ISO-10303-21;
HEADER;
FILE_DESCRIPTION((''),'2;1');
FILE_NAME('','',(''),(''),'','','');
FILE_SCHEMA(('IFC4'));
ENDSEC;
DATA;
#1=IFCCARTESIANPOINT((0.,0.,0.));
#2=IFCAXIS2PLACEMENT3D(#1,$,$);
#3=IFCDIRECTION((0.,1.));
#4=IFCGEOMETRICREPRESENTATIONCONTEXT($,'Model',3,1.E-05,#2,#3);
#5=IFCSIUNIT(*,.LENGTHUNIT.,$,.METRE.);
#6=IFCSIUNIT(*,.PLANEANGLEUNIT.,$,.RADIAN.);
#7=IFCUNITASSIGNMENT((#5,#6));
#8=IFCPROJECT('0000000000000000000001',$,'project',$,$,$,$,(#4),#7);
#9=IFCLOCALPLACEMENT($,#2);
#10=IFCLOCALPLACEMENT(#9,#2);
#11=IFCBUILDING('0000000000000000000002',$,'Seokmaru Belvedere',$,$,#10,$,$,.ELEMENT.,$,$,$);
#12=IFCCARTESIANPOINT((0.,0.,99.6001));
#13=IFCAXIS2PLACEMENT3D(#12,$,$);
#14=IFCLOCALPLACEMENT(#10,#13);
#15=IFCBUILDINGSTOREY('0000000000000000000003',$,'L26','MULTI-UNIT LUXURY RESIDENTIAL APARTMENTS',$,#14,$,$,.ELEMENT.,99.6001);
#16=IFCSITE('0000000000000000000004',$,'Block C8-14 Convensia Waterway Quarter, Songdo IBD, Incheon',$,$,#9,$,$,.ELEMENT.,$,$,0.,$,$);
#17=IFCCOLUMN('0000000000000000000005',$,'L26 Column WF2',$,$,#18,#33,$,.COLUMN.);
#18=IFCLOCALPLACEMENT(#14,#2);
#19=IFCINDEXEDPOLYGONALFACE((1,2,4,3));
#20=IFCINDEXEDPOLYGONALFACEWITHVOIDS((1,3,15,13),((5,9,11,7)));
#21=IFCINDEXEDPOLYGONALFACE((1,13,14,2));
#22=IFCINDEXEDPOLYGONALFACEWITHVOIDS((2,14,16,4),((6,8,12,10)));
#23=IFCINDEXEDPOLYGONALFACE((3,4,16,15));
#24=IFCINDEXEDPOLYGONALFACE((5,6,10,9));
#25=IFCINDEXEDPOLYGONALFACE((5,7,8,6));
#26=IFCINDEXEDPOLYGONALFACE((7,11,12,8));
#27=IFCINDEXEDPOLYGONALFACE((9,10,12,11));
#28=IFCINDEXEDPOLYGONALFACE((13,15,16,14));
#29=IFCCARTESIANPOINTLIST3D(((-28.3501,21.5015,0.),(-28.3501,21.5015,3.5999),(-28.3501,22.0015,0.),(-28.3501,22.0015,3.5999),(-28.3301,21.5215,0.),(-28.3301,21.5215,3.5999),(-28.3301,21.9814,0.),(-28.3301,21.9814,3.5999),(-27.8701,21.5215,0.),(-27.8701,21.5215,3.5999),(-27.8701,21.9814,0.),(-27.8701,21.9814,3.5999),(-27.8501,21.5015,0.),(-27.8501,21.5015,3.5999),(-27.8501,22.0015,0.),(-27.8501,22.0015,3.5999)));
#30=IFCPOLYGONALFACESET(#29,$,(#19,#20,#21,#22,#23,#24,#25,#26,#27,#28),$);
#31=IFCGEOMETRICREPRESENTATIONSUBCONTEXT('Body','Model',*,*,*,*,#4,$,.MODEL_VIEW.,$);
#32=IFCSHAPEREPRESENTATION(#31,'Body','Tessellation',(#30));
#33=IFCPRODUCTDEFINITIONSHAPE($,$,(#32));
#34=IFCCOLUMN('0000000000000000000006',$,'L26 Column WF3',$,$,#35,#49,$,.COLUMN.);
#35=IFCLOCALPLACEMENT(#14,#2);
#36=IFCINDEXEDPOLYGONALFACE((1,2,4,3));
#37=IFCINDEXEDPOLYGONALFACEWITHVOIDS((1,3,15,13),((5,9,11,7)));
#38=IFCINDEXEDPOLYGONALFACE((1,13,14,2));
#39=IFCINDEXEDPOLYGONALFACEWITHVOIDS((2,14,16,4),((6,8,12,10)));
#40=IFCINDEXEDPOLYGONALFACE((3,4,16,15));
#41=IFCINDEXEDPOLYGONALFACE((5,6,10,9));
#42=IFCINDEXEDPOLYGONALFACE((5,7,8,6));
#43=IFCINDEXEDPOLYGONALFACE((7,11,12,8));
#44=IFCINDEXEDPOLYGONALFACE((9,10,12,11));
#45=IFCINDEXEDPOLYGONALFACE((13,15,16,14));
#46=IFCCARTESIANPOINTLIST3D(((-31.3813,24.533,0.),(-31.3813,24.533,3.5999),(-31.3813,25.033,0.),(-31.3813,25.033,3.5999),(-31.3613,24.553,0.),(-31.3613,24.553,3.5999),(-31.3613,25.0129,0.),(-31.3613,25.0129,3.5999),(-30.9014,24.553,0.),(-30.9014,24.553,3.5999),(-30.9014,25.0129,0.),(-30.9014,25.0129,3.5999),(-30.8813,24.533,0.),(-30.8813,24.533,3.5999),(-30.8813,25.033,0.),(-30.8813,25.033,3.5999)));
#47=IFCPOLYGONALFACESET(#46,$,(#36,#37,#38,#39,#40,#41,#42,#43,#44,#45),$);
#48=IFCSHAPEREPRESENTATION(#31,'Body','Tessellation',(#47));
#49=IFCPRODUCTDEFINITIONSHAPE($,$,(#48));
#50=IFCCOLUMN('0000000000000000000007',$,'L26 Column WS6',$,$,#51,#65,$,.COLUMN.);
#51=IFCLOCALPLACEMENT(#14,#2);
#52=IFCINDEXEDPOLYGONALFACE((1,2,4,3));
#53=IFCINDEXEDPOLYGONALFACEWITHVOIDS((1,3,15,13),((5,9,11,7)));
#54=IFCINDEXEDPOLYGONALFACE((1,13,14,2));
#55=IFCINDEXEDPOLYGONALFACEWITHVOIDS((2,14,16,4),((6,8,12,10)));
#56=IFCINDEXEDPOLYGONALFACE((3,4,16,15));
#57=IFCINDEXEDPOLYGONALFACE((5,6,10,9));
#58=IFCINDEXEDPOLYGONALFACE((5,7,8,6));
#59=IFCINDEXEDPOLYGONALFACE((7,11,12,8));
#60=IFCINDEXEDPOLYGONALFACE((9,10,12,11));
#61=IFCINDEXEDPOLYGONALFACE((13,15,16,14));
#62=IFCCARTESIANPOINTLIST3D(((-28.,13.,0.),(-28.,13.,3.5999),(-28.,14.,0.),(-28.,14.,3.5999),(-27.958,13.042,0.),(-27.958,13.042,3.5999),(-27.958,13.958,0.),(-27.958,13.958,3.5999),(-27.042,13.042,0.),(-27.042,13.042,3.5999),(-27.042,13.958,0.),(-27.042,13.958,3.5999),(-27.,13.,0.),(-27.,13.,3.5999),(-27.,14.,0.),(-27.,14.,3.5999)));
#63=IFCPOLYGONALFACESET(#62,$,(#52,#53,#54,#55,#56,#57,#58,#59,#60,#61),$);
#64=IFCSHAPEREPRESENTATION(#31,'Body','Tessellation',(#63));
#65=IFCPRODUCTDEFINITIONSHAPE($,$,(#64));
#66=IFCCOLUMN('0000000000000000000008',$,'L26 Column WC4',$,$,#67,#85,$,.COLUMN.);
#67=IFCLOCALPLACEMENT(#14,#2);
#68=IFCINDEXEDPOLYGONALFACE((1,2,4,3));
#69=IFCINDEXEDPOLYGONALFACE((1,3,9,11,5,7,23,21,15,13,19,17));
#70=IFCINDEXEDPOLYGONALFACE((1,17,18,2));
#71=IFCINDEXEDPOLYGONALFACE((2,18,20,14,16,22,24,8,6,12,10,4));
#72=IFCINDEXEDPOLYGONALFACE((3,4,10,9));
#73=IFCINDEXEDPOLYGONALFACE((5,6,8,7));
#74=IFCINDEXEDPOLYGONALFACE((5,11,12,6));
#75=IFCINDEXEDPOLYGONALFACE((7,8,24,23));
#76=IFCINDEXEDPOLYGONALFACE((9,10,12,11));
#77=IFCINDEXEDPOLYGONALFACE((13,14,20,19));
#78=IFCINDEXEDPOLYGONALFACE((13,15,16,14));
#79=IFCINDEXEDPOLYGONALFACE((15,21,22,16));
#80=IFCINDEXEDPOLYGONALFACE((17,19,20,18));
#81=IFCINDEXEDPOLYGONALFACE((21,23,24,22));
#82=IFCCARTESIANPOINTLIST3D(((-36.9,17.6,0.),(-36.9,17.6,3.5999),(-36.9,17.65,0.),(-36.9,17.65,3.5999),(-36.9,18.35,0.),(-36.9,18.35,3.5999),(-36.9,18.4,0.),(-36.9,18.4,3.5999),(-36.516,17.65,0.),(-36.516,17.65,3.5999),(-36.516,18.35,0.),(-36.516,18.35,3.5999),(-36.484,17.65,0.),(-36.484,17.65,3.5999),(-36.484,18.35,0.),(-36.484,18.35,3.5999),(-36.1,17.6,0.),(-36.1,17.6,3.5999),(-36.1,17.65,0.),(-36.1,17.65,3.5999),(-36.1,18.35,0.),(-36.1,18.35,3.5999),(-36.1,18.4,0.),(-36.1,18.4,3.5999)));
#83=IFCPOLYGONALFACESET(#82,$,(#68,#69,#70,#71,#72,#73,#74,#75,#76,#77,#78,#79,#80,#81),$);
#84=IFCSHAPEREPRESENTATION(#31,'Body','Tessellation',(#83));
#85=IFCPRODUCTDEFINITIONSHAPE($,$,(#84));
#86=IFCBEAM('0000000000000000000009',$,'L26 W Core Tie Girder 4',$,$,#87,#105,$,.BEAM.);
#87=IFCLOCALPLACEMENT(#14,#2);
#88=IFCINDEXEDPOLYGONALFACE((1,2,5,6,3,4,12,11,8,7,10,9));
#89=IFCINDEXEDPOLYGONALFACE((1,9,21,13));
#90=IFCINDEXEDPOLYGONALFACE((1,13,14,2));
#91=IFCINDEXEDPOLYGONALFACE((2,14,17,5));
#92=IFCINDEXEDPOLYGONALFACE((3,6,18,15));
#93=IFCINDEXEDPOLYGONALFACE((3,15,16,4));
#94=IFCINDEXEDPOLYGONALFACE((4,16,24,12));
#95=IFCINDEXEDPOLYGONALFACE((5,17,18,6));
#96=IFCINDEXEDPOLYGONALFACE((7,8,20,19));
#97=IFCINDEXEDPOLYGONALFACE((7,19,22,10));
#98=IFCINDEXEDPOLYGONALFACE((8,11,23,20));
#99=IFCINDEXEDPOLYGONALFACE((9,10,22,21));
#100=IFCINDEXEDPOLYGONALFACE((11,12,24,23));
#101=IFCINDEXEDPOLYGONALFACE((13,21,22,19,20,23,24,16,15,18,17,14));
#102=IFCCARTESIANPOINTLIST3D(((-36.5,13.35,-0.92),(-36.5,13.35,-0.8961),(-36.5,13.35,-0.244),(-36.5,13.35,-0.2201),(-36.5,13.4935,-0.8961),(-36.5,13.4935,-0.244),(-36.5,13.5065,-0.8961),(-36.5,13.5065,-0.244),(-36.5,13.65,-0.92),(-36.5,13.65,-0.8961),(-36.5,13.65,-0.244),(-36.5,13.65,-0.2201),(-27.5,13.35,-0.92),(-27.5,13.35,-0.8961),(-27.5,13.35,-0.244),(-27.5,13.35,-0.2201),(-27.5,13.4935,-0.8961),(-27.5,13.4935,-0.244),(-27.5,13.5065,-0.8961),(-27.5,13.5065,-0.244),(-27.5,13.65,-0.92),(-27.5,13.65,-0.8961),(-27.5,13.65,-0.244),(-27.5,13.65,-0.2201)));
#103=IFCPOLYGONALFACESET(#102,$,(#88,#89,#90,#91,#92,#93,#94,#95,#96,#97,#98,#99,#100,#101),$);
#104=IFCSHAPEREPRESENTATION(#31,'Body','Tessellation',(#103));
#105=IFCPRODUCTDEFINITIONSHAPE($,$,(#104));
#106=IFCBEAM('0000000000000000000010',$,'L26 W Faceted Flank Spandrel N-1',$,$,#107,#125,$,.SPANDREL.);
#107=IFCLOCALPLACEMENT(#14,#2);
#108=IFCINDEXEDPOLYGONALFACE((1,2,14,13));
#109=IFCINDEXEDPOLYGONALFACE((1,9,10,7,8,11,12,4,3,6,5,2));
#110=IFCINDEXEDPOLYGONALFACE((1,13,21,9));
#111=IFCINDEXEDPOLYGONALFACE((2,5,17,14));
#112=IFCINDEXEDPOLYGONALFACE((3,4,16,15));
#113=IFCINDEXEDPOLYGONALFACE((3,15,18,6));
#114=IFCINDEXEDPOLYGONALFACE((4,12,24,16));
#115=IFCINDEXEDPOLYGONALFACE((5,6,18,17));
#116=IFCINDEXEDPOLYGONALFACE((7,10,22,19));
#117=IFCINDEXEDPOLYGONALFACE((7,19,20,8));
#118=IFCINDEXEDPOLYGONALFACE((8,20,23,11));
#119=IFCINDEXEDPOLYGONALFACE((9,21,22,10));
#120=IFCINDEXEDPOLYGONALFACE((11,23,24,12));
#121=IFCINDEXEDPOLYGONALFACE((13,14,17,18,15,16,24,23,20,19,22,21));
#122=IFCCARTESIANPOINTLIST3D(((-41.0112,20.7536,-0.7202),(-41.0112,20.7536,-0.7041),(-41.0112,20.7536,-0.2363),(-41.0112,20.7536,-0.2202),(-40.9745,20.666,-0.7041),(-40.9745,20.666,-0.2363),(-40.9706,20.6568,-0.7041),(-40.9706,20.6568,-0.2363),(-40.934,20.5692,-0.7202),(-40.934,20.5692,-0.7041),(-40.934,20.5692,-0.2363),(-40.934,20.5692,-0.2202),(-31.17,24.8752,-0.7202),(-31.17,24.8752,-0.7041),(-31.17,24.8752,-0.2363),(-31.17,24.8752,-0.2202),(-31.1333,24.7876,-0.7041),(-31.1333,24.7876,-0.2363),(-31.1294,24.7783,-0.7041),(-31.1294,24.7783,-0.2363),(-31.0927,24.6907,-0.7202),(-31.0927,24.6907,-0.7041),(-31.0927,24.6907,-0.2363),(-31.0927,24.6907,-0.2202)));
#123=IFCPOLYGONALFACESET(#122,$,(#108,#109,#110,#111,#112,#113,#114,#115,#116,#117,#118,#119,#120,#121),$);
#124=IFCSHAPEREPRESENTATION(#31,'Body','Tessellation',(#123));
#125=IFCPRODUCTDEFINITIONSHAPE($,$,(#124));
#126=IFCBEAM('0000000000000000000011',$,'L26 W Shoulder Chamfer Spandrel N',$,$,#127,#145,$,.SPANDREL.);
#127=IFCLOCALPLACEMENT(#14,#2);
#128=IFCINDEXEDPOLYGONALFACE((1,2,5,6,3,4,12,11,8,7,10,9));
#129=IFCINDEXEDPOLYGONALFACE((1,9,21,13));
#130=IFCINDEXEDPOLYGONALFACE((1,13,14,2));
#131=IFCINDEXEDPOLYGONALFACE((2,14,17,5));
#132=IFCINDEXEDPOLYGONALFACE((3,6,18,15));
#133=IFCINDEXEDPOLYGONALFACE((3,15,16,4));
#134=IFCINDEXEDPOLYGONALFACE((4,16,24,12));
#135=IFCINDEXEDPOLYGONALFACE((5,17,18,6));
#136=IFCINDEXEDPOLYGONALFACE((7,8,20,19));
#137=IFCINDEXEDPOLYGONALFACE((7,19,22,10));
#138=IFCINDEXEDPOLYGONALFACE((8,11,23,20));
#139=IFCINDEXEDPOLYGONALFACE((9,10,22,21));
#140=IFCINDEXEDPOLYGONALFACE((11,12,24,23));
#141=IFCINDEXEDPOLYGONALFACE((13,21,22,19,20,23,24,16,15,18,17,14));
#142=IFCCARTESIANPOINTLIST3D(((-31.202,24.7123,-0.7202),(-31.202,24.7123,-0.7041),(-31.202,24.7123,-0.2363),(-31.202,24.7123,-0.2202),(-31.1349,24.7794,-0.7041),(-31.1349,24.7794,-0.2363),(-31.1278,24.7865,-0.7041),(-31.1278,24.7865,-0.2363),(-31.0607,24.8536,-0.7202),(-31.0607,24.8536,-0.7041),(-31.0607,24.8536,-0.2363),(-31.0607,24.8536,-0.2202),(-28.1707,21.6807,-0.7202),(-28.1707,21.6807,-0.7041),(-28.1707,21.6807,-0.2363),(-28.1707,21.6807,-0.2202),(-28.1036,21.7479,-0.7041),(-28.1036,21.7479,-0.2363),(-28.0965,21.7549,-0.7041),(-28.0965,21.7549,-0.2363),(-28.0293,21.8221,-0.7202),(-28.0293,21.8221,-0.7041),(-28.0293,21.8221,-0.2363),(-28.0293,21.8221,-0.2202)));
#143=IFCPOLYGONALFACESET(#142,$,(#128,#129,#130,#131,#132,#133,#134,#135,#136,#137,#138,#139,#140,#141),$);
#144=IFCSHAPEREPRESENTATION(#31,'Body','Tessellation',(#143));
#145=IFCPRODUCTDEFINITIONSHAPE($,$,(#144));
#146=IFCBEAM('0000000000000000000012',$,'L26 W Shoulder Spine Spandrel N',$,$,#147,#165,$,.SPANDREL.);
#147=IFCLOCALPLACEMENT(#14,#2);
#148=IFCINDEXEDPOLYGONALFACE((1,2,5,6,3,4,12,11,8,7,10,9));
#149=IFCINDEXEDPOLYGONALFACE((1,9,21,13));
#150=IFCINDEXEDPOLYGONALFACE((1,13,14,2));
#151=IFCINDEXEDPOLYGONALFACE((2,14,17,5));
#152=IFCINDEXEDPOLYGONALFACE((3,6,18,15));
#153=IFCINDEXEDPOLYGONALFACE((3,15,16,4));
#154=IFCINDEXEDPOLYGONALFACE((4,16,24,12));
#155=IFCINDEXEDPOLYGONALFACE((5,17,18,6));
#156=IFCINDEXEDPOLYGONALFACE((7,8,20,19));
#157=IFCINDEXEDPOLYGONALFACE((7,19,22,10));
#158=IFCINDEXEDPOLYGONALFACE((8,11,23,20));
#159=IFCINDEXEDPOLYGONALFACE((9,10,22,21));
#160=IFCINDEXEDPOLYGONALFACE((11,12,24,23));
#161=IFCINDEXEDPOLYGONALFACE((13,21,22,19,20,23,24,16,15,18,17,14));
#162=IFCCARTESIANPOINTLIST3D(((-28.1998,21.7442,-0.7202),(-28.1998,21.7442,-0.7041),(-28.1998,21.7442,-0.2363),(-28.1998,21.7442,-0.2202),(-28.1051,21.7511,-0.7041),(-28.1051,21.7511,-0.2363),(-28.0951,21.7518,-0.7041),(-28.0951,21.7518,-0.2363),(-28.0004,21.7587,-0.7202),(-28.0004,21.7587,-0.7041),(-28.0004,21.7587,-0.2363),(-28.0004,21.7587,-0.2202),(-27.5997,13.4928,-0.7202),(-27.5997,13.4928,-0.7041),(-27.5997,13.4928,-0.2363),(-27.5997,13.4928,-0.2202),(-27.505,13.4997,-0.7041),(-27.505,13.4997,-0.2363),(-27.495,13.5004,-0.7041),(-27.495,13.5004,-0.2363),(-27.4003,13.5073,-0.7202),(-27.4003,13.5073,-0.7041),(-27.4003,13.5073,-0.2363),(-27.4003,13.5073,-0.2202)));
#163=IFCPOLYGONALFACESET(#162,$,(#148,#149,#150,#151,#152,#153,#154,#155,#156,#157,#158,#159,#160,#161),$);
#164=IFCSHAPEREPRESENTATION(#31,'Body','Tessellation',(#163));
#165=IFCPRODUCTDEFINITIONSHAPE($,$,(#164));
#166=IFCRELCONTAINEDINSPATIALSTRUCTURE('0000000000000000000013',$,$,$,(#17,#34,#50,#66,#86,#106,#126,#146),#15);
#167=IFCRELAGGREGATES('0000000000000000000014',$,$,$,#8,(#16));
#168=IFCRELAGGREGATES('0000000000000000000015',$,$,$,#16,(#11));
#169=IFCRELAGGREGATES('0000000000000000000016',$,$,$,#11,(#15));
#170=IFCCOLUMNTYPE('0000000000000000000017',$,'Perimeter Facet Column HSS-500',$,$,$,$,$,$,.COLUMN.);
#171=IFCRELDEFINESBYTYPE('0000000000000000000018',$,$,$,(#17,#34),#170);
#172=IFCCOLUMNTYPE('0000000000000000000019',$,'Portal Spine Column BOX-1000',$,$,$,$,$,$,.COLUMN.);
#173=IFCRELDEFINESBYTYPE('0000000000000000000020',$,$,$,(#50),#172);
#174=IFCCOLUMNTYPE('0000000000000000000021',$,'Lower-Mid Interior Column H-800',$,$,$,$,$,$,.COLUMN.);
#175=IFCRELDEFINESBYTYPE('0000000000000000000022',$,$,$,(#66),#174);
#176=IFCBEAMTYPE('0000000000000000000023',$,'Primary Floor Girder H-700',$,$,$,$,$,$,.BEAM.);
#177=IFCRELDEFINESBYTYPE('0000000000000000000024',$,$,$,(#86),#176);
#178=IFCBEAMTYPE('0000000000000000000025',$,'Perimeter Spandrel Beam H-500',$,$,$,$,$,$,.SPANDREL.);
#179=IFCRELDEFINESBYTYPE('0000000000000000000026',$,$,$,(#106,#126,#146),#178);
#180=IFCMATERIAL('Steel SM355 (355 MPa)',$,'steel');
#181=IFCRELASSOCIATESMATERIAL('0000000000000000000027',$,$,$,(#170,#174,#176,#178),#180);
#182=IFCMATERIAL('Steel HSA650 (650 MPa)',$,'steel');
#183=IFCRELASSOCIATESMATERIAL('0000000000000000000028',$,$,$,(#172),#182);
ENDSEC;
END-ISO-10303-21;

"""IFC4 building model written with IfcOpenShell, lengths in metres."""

from ifc_helpers import new_model, si_unit, direction, frame, origin, origin_2d, place, context, subcontext, project, spatial, hollow_rectangle, i_section, extrude, source, transform, mapped, material, material_profile, profile_set, type_object, type_shapes, element, save


model = new_model("IFC4")

# Units and contexts
model_context = context("Model", 3, precision=1e-05, world=origin(), true_north=direction((0.0, 1.0)))
body_context = subcontext(model_context, "Body", "Model", "MODEL_VIEW")
ifc_project = project(units=[si_unit("LENGTHUNIT", "METRE"), si_unit("PLANEANGLEUNIT", "RADIAN")], contexts=[model_context])

# Site, building, storey
site_placement = place(None, origin())
site = spatial("IfcSite", under=ifc_project, at=site_placement, Name="Block C8-14 Convensia Waterway Quarter, Songdo IBD, Incheon", CompositionType="ELEMENT", RefElevation=0.0)
building_placement = place(site_placement, origin())
building = spatial("IfcBuilding", under=site, at=building_placement, Name="Seokmaru Belvedere", CompositionType="ELEMENT")
storey_placement = place(building_placement, frame((0.0, 0.0, 99.6001)))
storey = spatial("IfcBuildingStorey", under=building, at=storey_placement, Name="L26", Description="MULTI-UNIT LUXURY RESIDENTIAL APARTMENTS", CompositionType="ELEMENT", Elevation=99.6001)

# Columns
ifc_material_1 = material(Name="Steel SM355 (355 MPa)", Category="steel")
ifc_material_profile_1 = material_profile(ifc_material_1, hollow_rectangle(XDim=0.5, YDim=0.5, WallThickness=0.02, at=origin_2d()), Name="HSS-500x500x20")
ifc_profile_set_1 = profile_set([ifc_material_profile_1], Name="Steel SM355 (355 MPa)")
column_type_1 = type_object("IfcColumnType", Name="Perimeter Facet Column HSS-500", PredefinedType="COLUMN", material=ifc_profile_set_1)
shared_shape_1 = source(origin(), body_context, "Body", "SweptSolid", [
    extrude(hollow_rectangle(XDim=0.5, YDim=0.5, WallThickness=0.02, at=origin_2d()), origin(), (0.0, 0.0, 1.0), 3.5999),
])
type_shapes(column_type_1, [shared_shape_1])
for number, where, z_axis, x_axis, name in (
    (1, (-28.1001, 21.7515, 0.0), (0.0, 0.0, 1.0), (1.0, 0.0, 0.0), "L26 Column WF2"),
    (2, (-31.1313, 24.783, 0.0), (0.0, 0.0, 1.0), (1.0, 0.0, 0.0), "L26 Column WF3"),
):
    element("IfcColumn", number, at=place(storey_placement, frame(where, z_axis=z_axis, x_axis=x_axis)), inside=storey, type_object=column_type_1, Name=name, PredefinedType="COLUMN", context=body_context, shape_type="MappedRepresentation", body=[
        mapped(shared_shape_1, transform((0.0, 0.0, 0.0), scale=1.0)),
    ])
ifc_material_2 = material(Name="Steel HSA650 (650 MPa)", Category="steel")
ifc_material_profile_2 = material_profile(ifc_material_2, hollow_rectangle(XDim=1.0, YDim=1.0, WallThickness=0.042, at=origin_2d()), Name="BOX-1000x1000x42")
ifc_profile_set_2 = profile_set([ifc_material_profile_2], Name="Steel HSA650 (650 MPa)")
column_type_2 = type_object("IfcColumnType", Name="Portal Spine Column BOX-1000", PredefinedType="COLUMN", material=ifc_profile_set_2)
shared_shape_2 = source(origin(), body_context, "Body", "SweptSolid", [
    extrude(hollow_rectangle(XDim=1.0, YDim=1.0, WallThickness=0.042, at=origin_2d()), origin(), (0.0, 0.0, 1.0), 3.5999),
])
type_shapes(column_type_2, [shared_shape_2])
column_1_placement = place(storey_placement, frame((-27.5, 13.5, 0.0), z_axis=(0.0, 0.0, 1.0), x_axis=(1.0, 0.0, 0.0)))
element("IfcColumn", 3, at=column_1_placement, inside=storey, type_object=column_type_2, Name="L26 Column WS6", PredefinedType="COLUMN", context=body_context, shape_type="MappedRepresentation", body=[
    mapped(shared_shape_2, transform((0.0, 0.0, 0.0), scale=1.0)),
])
ifc_material_profile_3 = material_profile(ifc_material_1, i_section(OverallWidth=0.8, OverallDepth=0.8, WebThickness=0.032, FlangeThickness=0.05, at=origin_2d()), Name="H-800x800x32x50")
ifc_profile_set_3 = profile_set([ifc_material_profile_3], Name="Steel SM355 (355 MPa)")
column_type_3 = type_object("IfcColumnType", Name="Lower-Mid Interior Column H-800", PredefinedType="COLUMN", material=ifc_profile_set_3)
shared_shape_3 = source(origin(), body_context, "Body", "SweptSolid", [
    extrude(i_section(OverallWidth=0.8, OverallDepth=0.8, WebThickness=0.032, FlangeThickness=0.05, at=origin_2d()), origin(), (0.0, 0.0, 1.0), 3.5999),
])
type_shapes(column_type_3, [shared_shape_3])
column_2_placement = place(storey_placement, frame((-36.5, 18.0, 0.0), z_axis=(0.0, 0.0, 1.0), x_axis=(1.0, 0.0, 0.0)))
element("IfcColumn", 4, at=column_2_placement, inside=storey, type_object=column_type_3, Name="L26 Column WC4", PredefinedType="COLUMN", context=body_context, shape_type="MappedRepresentation", body=[
    mapped(shared_shape_3, transform((0.0, 0.0, 0.0), scale=1.0)),
])

# Beams
ifc_material_profile_4 = material_profile(ifc_material_1, i_section(OverallWidth=0.3, OverallDepth=0.7, WebThickness=0.0129, FlangeThickness=0.0239, at=origin_2d()), Name="H-700x300x13x24")
ifc_profile_set_4 = profile_set([ifc_material_profile_4], Name="Steel SM355 (355 MPa)")
beam_type_1 = type_object("IfcBeamType", Name="Primary Floor Girder H-700", PredefinedType="BEAM", material=ifc_profile_set_4)
shared_shape_4 = source(origin(), body_context, "Body", "SweptSolid", [
    extrude(i_section(OverallWidth=0.3, OverallDepth=0.7, WebThickness=0.0129, FlangeThickness=0.0239, at=origin_2d()), origin(), (0.0, 0.0, 1.0), 9.0),
])
type_shapes(beam_type_1, [shared_shape_4])
beam_1_placement = place(storey_placement, frame((-36.5, 13.5, -0.5701), z_axis=(1.0, 0.0, 0.0), x_axis=(0.0, 1.0, 0.0)))
element("IfcBeam", 5, at=beam_1_placement, inside=storey, type_object=beam_type_1, Name="L26 W Core Tie Girder 4", PredefinedType="BEAM", context=body_context, shape_type="MappedRepresentation", body=[
    mapped(shared_shape_4, transform((0.0, 0.0, 0.0), scale=1.0)),
])
ifc_material_profile_5 = material_profile(ifc_material_1, i_section(OverallWidth=0.2, OverallDepth=0.5, WebThickness=0.01, FlangeThickness=0.0161, at=origin_2d()), Name="H-500x200x10x16")
ifc_profile_set_5 = profile_set([ifc_material_profile_5], Name="Steel SM355 (355 MPa)")
beam_type_2 = type_object("IfcBeamType", Name="Perimeter Spandrel Beam H-500", PredefinedType="SPANDREL", material=ifc_profile_set_5)
shared_shape_5 = source(origin(), body_context, "Body", "SweptSolid", [
    extrude(i_section(OverallWidth=0.2, OverallDepth=0.5, WebThickness=0.01, FlangeThickness=0.0161, at=origin_2d()), origin(), (0.0, 0.0, 1.0), 10.6694),
])
beam_2_placement = place(storey_placement, frame((-31.1313, 24.783, -0.4702), z_axis=(-0.922375, -0.386295, 0.0), x_axis=(0.386295, -0.922375, 0.0)))
element("IfcBeam", 6, at=beam_2_placement, inside=storey, type_object=beam_type_2, Name="L26 W Faceted Flank Spandrel N-1", PredefinedType="SPANDREL", context=body_context, shape_type="MappedRepresentation", body=[
    mapped(shared_shape_5, transform((0.0, 0.0, 0.0), scale=1.0)),
])
shared_shape_6 = source(origin(), body_context, "Body", "SweptSolid", [
    extrude(i_section(OverallWidth=0.2, OverallDepth=0.5, WebThickness=0.01, FlangeThickness=0.0161, at=origin_2d()), origin(), (0.0, 0.0, 1.0), 4.2871),
])
beam_3_placement = place(storey_placement, frame((-31.1313, 24.783, -0.4702), z_axis=(0.707078, -0.707135, 0.0), x_axis=(0.707135, 0.707078, 0.0)))
element("IfcBeam", 7, at=beam_3_placement, inside=storey, type_object=beam_type_2, Name="L26 W Shoulder Chamfer Spandrel N", PredefinedType="SPANDREL", context=body_context, shape_type="MappedRepresentation", body=[
    mapped(shared_shape_6, transform((0.0, 0.0, 0.0), scale=1.0)),
])
shared_shape_7 = source(origin(), body_context, "Body", "SweptSolid", [
    extrude(i_section(OverallWidth=0.2, OverallDepth=0.5, WebThickness=0.01, FlangeThickness=0.0161, at=origin_2d()), origin(), (0.0, 0.0, 1.0), 8.2732),
])
type_shapes(beam_type_2, [shared_shape_5, shared_shape_6, shared_shape_7])
beam_4_placement = place(storey_placement, frame((-28.1001, 21.7515, -0.4702), z_axis=(0.072535, -0.997366, 0.0), x_axis=(0.997366, 0.072535, 0.0)))
element("IfcBeam", 8, at=beam_4_placement, inside=storey, type_object=beam_type_2, Name="L26 W Shoulder Spine Spandrel N", PredefinedType="SPANDREL", context=body_context, shape_type="MappedRepresentation", body=[
    mapped(shared_shape_7, transform((0.0, 0.0, 0.0), scale=1.0)),
])

save(model, "model.ifc")
